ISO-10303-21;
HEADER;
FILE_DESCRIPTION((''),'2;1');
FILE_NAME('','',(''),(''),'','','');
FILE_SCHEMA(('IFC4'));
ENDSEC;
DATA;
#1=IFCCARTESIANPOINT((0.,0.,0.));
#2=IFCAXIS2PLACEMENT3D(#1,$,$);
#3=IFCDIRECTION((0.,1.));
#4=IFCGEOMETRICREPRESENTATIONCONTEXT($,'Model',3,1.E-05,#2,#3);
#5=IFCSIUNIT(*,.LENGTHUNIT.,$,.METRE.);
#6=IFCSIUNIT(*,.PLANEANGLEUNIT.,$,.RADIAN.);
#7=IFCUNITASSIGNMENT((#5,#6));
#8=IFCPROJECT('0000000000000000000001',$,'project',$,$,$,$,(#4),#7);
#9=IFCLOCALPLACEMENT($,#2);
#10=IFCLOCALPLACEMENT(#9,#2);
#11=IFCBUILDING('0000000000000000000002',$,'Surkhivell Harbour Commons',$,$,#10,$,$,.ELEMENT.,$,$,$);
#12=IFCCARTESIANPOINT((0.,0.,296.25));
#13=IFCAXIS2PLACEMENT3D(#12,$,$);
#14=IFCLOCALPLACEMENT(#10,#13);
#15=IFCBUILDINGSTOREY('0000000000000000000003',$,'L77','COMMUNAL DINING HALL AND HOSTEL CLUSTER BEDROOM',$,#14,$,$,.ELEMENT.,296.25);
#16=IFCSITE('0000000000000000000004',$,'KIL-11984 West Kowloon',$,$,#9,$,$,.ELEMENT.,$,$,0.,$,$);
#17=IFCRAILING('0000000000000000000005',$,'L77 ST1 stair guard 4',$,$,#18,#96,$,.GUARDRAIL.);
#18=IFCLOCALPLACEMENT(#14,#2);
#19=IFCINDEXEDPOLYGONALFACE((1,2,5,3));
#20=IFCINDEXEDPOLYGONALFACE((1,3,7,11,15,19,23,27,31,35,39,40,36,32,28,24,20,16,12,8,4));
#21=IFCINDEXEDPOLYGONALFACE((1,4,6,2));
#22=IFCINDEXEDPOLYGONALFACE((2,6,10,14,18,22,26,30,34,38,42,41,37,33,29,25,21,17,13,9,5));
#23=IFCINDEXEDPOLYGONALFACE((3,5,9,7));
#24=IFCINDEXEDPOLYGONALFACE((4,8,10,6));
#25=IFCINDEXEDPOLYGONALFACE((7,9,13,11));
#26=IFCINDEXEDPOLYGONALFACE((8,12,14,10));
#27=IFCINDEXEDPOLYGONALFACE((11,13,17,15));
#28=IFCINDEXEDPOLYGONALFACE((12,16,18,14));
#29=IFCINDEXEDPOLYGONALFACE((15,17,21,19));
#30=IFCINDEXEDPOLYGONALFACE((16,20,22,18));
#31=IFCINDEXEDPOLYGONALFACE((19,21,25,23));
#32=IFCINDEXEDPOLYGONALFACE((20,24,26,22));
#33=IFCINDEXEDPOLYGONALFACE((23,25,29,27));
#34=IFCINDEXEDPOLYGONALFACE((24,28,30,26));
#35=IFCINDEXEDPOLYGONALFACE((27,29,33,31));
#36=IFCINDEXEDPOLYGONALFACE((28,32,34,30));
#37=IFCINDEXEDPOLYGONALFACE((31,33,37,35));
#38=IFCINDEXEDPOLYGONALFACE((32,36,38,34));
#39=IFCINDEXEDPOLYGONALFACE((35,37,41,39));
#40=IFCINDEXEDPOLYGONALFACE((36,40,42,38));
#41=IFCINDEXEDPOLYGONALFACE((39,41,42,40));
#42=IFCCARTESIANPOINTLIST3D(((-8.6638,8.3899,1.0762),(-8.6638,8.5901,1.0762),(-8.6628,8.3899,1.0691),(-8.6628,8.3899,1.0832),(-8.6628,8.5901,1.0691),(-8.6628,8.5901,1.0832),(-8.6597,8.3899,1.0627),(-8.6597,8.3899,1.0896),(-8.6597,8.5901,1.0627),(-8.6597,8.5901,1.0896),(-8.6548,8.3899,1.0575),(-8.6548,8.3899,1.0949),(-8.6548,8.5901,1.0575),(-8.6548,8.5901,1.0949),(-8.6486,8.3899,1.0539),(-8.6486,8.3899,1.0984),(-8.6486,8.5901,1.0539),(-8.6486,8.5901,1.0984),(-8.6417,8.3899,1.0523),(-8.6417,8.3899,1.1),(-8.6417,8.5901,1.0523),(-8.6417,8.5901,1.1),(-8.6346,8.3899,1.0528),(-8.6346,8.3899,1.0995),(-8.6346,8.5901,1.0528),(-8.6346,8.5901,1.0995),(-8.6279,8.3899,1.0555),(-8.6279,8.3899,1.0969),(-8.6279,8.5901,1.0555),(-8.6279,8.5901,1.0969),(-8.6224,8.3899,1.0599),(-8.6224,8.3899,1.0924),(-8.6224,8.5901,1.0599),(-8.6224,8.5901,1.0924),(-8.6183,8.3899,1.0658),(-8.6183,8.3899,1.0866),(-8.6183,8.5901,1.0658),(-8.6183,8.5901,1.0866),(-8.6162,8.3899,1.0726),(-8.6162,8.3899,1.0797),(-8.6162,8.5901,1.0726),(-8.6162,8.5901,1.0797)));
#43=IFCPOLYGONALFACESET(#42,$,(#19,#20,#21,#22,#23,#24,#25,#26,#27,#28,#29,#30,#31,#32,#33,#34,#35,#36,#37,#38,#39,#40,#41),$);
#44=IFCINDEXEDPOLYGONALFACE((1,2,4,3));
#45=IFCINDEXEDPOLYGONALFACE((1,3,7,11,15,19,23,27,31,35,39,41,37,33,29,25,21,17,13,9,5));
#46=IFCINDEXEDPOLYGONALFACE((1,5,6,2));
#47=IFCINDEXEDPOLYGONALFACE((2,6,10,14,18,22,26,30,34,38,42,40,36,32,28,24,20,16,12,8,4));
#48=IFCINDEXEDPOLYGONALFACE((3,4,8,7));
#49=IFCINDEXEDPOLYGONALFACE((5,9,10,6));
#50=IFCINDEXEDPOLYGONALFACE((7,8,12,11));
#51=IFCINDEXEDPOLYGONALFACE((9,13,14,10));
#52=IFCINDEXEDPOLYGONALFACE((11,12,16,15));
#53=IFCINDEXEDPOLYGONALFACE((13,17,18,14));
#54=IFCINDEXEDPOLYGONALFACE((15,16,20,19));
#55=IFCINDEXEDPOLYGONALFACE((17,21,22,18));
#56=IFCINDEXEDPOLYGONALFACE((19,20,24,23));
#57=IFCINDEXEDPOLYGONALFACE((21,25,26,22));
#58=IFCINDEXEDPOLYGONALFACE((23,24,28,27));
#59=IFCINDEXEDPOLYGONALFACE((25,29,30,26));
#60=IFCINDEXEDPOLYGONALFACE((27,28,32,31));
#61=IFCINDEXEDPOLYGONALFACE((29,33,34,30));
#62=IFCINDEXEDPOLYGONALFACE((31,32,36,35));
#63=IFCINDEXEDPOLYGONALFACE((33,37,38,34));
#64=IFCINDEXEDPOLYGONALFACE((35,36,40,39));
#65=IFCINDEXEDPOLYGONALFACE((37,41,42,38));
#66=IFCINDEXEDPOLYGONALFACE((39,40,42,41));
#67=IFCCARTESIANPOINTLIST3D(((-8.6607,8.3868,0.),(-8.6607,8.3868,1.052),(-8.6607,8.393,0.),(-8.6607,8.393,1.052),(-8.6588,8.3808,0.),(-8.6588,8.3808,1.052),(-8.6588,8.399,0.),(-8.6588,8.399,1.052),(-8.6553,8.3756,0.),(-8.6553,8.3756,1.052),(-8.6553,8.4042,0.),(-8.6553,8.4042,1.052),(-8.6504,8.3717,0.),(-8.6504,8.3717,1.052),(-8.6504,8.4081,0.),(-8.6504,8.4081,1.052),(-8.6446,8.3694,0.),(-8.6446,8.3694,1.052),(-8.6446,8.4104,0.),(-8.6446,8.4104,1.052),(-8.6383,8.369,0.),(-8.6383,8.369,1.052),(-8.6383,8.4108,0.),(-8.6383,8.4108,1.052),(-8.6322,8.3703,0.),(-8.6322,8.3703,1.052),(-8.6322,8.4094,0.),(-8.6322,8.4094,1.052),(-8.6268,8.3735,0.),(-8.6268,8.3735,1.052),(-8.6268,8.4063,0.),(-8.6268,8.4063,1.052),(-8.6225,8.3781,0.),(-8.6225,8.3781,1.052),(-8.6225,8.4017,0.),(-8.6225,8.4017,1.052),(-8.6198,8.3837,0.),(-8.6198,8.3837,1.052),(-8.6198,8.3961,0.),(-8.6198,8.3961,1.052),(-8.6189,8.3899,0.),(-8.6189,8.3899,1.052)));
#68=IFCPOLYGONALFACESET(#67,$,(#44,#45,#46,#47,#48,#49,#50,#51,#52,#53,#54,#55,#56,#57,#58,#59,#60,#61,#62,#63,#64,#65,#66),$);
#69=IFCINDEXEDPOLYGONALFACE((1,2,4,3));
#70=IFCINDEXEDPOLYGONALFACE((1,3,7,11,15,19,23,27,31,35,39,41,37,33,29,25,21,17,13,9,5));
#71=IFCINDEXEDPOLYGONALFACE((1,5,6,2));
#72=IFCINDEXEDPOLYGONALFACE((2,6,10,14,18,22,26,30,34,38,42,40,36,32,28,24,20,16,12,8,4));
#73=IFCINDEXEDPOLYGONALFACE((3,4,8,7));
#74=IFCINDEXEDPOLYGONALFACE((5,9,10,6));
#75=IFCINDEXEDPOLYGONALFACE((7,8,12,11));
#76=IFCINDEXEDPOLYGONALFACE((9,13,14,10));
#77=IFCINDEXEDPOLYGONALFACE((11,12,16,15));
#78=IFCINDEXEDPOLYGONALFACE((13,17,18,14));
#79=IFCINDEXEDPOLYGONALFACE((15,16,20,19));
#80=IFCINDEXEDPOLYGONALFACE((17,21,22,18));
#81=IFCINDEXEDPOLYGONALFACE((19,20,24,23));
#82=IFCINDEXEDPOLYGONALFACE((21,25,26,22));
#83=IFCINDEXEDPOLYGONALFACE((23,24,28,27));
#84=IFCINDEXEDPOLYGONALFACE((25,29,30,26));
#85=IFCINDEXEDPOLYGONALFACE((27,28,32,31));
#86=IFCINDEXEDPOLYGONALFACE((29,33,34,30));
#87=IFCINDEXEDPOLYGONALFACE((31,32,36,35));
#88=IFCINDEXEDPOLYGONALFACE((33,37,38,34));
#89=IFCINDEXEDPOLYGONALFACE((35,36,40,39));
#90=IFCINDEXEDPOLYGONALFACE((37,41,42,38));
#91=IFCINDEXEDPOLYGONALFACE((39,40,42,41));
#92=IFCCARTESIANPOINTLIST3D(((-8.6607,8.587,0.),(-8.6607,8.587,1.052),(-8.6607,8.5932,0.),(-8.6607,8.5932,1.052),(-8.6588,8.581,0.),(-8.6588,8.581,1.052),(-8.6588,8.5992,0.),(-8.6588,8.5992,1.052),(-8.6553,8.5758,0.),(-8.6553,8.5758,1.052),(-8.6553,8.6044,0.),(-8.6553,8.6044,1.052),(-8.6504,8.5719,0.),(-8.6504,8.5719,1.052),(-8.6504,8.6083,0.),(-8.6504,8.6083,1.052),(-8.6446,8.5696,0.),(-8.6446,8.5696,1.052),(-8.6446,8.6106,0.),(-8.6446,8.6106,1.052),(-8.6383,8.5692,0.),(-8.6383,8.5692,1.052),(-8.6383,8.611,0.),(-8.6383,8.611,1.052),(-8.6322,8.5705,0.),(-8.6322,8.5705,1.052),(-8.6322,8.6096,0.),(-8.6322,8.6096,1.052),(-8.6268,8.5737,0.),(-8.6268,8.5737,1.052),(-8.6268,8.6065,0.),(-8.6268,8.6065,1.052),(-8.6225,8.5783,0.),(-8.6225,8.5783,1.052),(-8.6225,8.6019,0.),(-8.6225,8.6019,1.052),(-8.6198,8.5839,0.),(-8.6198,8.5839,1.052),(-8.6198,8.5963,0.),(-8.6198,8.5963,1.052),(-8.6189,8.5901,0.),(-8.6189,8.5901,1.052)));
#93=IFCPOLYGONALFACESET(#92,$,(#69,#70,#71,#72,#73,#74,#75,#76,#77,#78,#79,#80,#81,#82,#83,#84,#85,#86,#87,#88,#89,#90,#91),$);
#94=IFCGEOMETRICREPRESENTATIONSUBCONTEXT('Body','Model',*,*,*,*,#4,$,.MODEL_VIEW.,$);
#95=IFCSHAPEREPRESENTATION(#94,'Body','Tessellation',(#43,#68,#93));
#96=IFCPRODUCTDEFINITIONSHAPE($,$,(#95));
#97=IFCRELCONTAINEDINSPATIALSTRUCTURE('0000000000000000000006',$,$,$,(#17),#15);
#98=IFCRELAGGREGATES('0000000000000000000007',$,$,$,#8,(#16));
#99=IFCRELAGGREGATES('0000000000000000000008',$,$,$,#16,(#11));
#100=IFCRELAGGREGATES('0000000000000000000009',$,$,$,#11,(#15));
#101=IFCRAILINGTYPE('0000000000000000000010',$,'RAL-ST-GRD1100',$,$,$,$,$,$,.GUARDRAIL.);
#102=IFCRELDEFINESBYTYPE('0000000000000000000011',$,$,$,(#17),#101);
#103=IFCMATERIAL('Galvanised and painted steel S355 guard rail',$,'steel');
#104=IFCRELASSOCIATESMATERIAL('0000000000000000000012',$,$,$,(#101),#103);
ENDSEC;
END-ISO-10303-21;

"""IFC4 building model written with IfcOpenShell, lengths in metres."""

from ifc_helpers import new_model, si_unit, direction, frame, origin, origin_2d, place, context, subcontext, project, spatial, circle, extrude, material, type_object, element, save


model = new_model("IFC4")

# Units and contexts
model_context = context("Model", 3, precision=1e-05, world=origin(), true_north=direction((0.0, 1.0)))
body_context = subcontext(model_context, "Body", "Model", "MODEL_VIEW")
ifc_project = project(units=[si_unit("LENGTHUNIT", "METRE"), si_unit("PLANEANGLEUNIT", "RADIAN")], contexts=[model_context])

# Site, building, storey
site_placement = place(None, origin())
site = spatial("IfcSite", under=ifc_project, at=site_placement, Name="KIL-11984 West Kowloon", CompositionType="ELEMENT", RefElevation=0.0)
building_placement = place(site_placement, origin())
building = spatial("IfcBuilding", under=site, at=building_placement, Name="Surkhivell Harbour Commons", CompositionType="ELEMENT")
storey_placement = place(building_placement, frame((0.0, 0.0, 296.25)))
storey = spatial("IfcBuildingStorey", under=building, at=storey_placement, Name="L77", Description="COMMUNAL DINING HALL AND HOSTEL CLUSTER BEDROOM", CompositionType="ELEMENT", Elevation=296.25)

# Railing
ifc_material_1 = material(Name="Galvanised and painted steel S355 guard rail", Category="steel")
railing_type_1 = type_object("IfcRailingType", Name="RAL-ST-GRD1100", PredefinedType="GUARDRAIL", material=ifc_material_1)
railing_1_placement = place(storey_placement, frame((-8.6399, 8.3899, 0.0)))
element("IfcRailing", 1, at=railing_1_placement, inside=storey, type_object=railing_type_1, Name="L77 ST1 stair guard 4", PredefinedType="GUARDRAIL", context=body_context, shape_type="SweptSolid", body=[
    extrude(circle(Radius=0.0239, at=origin_2d()), frame((0.0, 0.0, 1.0762), z_axis=(0.0, 1.0, 0.0), x_axis=(-1.0, 0.0, 0.0)), (0.0, 0.0, 1.0), 0.2002),
    extrude(circle(Radius=0.021, at=origin_2d()), origin(), (0.0, 0.0, 1.0), 1.052),
    extrude(circle(Radius=0.021, at=origin_2d()), frame((0.0, 0.2002, 0.0)), (0.0, 0.0, 1.0), 1.052),
])

save(model, "model.ifc")
